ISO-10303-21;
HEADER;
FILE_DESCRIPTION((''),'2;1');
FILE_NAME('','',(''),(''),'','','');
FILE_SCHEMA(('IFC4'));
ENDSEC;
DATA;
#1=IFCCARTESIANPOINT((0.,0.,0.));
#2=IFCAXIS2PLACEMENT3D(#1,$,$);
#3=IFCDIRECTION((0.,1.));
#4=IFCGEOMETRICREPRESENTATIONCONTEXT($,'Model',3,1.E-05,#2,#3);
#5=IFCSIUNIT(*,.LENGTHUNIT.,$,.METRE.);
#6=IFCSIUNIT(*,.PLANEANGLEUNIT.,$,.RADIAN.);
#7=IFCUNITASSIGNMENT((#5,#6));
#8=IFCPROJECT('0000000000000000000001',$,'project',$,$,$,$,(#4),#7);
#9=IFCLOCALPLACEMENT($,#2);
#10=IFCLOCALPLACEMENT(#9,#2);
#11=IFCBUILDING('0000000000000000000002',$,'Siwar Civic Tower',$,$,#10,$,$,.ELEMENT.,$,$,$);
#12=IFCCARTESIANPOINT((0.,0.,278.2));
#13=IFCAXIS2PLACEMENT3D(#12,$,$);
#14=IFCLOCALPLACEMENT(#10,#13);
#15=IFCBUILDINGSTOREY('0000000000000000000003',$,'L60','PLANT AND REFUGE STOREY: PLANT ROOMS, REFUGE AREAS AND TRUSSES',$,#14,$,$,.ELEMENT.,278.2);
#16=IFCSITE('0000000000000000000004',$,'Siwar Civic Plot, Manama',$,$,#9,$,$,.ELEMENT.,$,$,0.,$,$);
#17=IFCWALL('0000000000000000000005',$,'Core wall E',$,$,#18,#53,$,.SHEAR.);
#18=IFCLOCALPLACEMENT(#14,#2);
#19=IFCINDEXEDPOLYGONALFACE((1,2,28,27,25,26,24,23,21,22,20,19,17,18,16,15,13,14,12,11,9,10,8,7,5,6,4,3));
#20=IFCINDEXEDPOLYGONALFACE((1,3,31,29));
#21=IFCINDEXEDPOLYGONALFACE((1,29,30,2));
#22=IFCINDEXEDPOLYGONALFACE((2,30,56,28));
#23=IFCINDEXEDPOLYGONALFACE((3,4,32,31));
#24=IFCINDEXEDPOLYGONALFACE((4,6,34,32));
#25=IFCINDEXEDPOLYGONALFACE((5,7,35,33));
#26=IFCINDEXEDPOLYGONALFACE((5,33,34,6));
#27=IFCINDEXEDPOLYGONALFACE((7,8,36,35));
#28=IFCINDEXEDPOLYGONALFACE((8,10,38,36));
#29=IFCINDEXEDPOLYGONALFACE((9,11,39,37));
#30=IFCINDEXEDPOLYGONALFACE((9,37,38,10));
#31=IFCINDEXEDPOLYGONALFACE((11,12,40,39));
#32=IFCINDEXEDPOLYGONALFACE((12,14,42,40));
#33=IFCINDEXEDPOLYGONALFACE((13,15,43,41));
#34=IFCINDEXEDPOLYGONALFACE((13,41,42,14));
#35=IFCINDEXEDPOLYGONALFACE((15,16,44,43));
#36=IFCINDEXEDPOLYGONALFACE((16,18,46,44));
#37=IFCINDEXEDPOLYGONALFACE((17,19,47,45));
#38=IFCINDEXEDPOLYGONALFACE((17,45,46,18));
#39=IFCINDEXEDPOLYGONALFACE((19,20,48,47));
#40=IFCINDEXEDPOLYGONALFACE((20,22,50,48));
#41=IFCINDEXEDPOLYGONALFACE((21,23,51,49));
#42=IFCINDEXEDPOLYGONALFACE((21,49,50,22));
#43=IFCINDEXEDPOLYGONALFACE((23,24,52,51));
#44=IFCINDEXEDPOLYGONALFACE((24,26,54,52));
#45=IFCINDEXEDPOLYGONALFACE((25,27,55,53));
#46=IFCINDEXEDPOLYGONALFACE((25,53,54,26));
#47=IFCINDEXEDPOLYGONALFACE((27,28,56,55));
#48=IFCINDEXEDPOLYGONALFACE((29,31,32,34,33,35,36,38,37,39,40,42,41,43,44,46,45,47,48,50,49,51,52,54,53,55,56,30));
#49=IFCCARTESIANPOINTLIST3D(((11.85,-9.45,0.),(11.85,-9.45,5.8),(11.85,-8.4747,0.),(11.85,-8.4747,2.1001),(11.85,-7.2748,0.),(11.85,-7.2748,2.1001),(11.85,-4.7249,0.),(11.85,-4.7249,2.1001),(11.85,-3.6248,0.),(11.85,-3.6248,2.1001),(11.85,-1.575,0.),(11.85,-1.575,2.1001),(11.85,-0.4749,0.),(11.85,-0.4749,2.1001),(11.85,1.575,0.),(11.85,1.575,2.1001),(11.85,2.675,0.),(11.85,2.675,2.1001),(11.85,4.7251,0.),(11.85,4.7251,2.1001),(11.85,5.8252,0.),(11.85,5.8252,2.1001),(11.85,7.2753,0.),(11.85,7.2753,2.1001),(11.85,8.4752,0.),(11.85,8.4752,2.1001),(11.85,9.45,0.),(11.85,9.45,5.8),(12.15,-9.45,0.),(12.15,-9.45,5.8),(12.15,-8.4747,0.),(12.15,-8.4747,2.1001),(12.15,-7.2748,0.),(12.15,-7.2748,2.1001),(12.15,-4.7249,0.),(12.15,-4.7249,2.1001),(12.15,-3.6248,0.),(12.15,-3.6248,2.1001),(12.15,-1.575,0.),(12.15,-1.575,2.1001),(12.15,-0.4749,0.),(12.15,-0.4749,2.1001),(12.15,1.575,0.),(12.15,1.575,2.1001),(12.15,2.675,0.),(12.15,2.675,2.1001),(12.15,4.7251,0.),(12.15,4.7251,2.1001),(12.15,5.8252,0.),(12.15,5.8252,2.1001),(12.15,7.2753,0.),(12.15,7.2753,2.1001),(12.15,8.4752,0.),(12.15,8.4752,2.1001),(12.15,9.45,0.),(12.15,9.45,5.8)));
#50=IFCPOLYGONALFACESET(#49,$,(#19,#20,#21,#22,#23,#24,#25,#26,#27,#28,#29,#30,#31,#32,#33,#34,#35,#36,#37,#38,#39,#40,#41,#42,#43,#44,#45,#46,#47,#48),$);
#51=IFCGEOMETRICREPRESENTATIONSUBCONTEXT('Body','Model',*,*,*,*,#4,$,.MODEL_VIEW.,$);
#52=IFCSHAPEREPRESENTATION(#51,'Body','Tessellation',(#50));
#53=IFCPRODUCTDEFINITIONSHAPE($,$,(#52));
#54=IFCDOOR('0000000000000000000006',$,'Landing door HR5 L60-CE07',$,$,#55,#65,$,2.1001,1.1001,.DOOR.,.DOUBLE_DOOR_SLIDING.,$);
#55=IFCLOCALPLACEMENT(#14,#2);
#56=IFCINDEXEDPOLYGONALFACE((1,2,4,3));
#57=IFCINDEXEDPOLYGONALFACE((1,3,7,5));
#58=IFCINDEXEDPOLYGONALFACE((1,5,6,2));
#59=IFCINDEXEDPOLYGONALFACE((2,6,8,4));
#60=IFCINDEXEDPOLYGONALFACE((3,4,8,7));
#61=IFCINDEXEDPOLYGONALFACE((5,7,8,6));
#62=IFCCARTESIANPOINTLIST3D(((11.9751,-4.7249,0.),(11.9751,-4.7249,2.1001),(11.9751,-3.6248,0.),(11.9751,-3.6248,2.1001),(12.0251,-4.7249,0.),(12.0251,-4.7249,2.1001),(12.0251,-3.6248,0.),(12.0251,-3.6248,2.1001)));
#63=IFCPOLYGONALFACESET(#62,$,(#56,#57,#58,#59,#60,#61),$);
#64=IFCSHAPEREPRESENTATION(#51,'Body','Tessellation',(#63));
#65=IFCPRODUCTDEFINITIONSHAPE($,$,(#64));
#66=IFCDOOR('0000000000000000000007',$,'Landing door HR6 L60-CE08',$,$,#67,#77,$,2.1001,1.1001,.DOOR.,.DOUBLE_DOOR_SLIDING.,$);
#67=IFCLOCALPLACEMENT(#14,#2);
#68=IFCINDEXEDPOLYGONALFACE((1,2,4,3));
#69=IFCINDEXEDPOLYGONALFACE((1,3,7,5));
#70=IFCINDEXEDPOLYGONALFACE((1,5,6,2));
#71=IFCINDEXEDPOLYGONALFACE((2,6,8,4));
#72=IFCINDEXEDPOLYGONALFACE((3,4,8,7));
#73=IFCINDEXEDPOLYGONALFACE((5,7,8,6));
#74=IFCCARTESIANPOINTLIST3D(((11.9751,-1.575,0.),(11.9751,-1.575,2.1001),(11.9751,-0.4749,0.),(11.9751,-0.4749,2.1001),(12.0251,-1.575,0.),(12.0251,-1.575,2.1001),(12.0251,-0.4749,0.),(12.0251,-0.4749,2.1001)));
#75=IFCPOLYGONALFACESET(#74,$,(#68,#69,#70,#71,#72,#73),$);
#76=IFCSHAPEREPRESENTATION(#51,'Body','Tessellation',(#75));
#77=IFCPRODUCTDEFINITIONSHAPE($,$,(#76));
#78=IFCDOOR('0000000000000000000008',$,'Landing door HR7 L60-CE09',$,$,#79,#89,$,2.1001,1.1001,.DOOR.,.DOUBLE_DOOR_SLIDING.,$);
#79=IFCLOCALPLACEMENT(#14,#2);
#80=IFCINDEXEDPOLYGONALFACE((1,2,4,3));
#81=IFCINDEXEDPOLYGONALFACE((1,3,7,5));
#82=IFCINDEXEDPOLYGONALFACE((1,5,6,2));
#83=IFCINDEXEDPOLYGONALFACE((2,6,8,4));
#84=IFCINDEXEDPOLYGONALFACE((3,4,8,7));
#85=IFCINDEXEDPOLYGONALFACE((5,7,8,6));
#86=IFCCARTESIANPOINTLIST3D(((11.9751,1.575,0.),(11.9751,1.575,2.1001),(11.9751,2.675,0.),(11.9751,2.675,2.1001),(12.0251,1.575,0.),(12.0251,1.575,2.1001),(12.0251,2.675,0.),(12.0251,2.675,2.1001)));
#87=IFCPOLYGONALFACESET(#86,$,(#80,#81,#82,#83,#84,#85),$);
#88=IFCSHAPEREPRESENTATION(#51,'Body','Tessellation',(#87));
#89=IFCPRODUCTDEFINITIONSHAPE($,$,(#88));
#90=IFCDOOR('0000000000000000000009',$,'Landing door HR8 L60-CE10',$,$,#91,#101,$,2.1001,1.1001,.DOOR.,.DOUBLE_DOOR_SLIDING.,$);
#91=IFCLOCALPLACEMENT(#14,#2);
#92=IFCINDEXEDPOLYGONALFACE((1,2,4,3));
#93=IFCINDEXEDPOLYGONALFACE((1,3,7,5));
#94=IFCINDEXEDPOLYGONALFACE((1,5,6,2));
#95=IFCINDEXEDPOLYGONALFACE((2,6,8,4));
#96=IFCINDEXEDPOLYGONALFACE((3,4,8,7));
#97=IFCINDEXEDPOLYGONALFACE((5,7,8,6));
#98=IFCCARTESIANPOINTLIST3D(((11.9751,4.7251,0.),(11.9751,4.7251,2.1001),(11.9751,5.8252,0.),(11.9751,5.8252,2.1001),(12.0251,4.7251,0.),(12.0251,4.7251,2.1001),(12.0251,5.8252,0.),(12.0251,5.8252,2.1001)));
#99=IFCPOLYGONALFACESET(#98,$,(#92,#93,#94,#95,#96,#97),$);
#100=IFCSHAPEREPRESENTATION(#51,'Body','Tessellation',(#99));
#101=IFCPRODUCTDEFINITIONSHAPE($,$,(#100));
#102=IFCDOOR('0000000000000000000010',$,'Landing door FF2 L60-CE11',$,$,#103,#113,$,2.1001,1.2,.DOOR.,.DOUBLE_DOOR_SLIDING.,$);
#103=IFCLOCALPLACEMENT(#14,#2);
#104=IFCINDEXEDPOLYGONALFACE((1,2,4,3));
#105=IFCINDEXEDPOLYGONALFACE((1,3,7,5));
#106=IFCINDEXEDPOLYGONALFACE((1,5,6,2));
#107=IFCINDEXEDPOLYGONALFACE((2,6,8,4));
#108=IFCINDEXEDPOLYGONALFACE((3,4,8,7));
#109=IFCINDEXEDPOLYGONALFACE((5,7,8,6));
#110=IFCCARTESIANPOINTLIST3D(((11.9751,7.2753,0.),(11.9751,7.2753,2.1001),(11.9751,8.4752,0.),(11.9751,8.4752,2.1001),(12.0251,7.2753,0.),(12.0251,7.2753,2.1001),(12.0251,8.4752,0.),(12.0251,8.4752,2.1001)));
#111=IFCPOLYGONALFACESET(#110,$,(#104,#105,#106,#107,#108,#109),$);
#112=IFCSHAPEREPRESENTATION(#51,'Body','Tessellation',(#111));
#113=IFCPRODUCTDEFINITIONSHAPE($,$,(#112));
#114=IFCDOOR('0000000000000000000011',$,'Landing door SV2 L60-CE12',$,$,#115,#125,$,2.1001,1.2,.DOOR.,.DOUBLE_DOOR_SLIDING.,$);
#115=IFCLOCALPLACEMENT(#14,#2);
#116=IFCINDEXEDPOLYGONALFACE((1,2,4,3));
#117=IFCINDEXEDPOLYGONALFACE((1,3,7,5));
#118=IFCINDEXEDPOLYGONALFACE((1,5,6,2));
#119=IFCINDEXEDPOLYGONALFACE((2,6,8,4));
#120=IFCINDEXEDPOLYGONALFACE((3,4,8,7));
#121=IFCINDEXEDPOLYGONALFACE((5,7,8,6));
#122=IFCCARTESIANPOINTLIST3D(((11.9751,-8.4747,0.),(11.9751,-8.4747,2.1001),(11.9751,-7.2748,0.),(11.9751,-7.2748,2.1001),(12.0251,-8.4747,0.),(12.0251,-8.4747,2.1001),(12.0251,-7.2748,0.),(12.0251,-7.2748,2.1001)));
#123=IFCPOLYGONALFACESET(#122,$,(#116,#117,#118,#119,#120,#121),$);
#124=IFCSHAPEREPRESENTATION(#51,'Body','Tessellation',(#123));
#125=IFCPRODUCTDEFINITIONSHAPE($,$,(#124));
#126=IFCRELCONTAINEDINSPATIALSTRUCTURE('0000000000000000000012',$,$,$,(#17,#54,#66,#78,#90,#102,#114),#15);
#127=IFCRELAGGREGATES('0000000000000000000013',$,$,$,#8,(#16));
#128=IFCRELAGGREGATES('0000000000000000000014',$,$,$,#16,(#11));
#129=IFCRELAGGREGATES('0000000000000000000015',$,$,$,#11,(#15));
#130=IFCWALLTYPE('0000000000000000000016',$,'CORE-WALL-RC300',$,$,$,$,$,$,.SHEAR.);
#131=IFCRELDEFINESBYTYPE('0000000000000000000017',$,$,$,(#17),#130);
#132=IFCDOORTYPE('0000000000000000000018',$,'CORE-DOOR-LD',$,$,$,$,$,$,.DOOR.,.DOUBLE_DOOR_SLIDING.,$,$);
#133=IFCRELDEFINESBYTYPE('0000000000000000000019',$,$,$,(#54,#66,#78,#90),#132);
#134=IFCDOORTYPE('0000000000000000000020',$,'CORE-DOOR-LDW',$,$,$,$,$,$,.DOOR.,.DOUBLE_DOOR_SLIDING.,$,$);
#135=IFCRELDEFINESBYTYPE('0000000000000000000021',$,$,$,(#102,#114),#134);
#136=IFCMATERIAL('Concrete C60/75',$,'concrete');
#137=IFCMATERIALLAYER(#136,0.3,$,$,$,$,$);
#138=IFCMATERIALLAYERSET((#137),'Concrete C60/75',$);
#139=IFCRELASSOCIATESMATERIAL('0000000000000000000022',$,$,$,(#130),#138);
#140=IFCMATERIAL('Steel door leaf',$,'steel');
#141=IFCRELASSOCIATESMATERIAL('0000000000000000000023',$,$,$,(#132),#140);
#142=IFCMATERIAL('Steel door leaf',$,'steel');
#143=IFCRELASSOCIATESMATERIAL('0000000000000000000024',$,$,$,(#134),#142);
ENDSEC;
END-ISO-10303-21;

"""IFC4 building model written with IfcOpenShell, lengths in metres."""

from ifc_helpers import new_model, si_unit, direction, frame, frame_2d, origin, place, context, subcontext, project, spatial, rectangle, extrude, material, layer, layer_set, type_object, element, fill, save


model = new_model("IFC4")

# Units and contexts
model_context = context("Model", 3, precision=1e-05, world=origin(), true_north=direction((0.0, 1.0)))
body_context = subcontext(model_context, "Body", "Model", "MODEL_VIEW")
ifc_project = project(units=[si_unit("LENGTHUNIT", "METRE"), si_unit("PLANEANGLEUNIT", "RADIAN")], contexts=[model_context])

# Site, building, storey
site_placement = place(None, origin())
site = spatial("IfcSite", under=ifc_project, at=site_placement, Name="Siwar Civic Plot, Manama", CompositionType="ELEMENT", RefElevation=0.0)
building_placement = place(site_placement, origin())
building = spatial("IfcBuilding", under=site, at=building_placement, Name="Siwar Civic Tower", CompositionType="ELEMENT")
storey_placement = place(building_placement, frame((0.0, 0.0, 278.2)))
storey = spatial("IfcBuildingStorey", under=building, at=storey_placement, Name="L60", Description="PLANT AND REFUGE STOREY: PLANT ROOMS, REFUGE AREAS AND TRUSSES", CompositionType="ELEMENT", Elevation=278.2)

# Wall, openings, doors
ifc_material_1 = material(Name="Concrete C60/75", Category="concrete")
ifc_layer_1 = layer(ifc_material_1, 0.3)
ifc_layer_set_1 = layer_set([ifc_layer_1], Name="Concrete C60/75")
wall_type_1 = type_object("IfcWallType", Name="CORE-WALL-RC300", PredefinedType="SHEAR", material=ifc_layer_set_1)
wall_1_placement = place(storey_placement, frame((12.0, -9.45, 0.0), z_axis=(0.0, 0.0, 1.0), x_axis=(0.0, 1.0, 0.0)))
wall_1 = element("IfcWall", 1, at=wall_1_placement, inside=storey, type_object=wall_type_1, Name="Core wall E", PredefinedType="SHEAR", context=body_context, shape_type="SweptSolid", body=[
    extrude(rectangle(XDim=18.8999, YDim=0.3, at=frame_2d((9.45, 0.0))), origin(), (0.0, 0.0, 1.0), 5.8),
])
opening_1_placement = place(wall_1_placement, frame((4.7251, 0.0, 0.0)))
opening_1 = element("IfcOpeningElement", 2, at=opening_1_placement, cuts=wall_1, PredefinedType="OPENING", context=body_context, shape_type="SweptSolid", body=[
    extrude(rectangle(XDim=1.1001, YDim=2.1001, at=frame_2d((0.55, 1.05))), frame((0.0, 0.1602, 0.0), z_axis=(0.0, -1.0, 0.0), x_axis=(1.0, 0.0, 0.0)), (0.0, 0.0, 1.0), 0.3201),
])
opening_2_placement = place(wall_1_placement, frame((7.875, 0.0, 0.0)))
opening_2 = element("IfcOpeningElement", 3, at=opening_2_placement, cuts=wall_1, PredefinedType="OPENING", context=body_context, shape_type="SweptSolid", body=[
    extrude(rectangle(XDim=1.1001, YDim=2.1001, at=frame_2d((0.55, 1.05))), frame((0.0, 0.1602, 0.0), z_axis=(0.0, -1.0, 0.0), x_axis=(1.0, 0.0, 0.0)), (0.0, 0.0, 1.0), 0.3201),
])
opening_3_placement = place(wall_1_placement, frame((11.0249, 0.0, 0.0)))
opening_3 = element("IfcOpeningElement", 4, at=opening_3_placement, cuts=wall_1, PredefinedType="OPENING", context=body_context, shape_type="SweptSolid", body=[
    extrude(rectangle(XDim=1.1001, YDim=2.1001, at=frame_2d((0.55, 1.05))), frame((0.0, 0.1602, 0.0), z_axis=(0.0, -1.0, 0.0), x_axis=(1.0, 0.0, 0.0)), (0.0, 0.0, 1.0), 0.3201),
])
opening_4_placement = place(wall_1_placement, frame((14.175, 0.0, 0.0)))
opening_4 = element("IfcOpeningElement", 5, at=opening_4_placement, cuts=wall_1, PredefinedType="OPENING", context=body_context, shape_type="SweptSolid", body=[
    extrude(rectangle(XDim=1.1001, YDim=2.1001, at=frame_2d((0.55, 1.05))), frame((0.0, 0.1602, 0.0), z_axis=(0.0, -1.0, 0.0), x_axis=(1.0, 0.0, 0.0)), (0.0, 0.0, 1.0), 0.3201),
])
opening_5_placement = place(wall_1_placement, frame((16.7251, 0.0, 0.0)))
opening_5 = element("IfcOpeningElement", 6, at=opening_5_placement, cuts=wall_1, PredefinedType="OPENING", context=body_context, shape_type="SweptSolid", body=[
    extrude(rectangle(XDim=1.2, YDim=2.1001, at=frame_2d((0.6001, 1.05))), frame((0.0, 0.1602, 0.0), z_axis=(0.0, -1.0, 0.0), x_axis=(1.0, 0.0, 0.0)), (0.0, 0.0, 1.0), 0.3201),
])
opening_6_placement = place(wall_1_placement, frame((0.9751, 0.0, 0.0)))
opening_6 = element("IfcOpeningElement", 7, at=opening_6_placement, cuts=wall_1, PredefinedType="OPENING", context=body_context, shape_type="SweptSolid", body=[
    extrude(rectangle(XDim=1.2, YDim=2.1001, at=frame_2d((0.6001, 1.05))), frame((0.0, 0.1602, 0.0), z_axis=(0.0, -1.0, 0.0), x_axis=(1.0, 0.0, 0.0)), (0.0, 0.0, 1.0), 0.3201),
])
ifc_material_2 = material(Name="Steel door leaf", Category="steel")
door_type_1 = type_object("IfcDoorType", Name="CORE-DOOR-LD", OperationType="DOUBLE_DOOR_SLIDING", PredefinedType="DOOR", material=ifc_material_2)
door_1_placement = place(opening_1_placement, origin())
door_1 = element("IfcDoor", 8, at=door_1_placement, inside=storey, type_object=door_type_1, Name="Landing door HR5 L60-CE07", OperationType="DOUBLE_DOOR_SLIDING", OverallHeight=2.1001, OverallWidth=1.1001, PredefinedType="DOOR", context=body_context, shape_type="SweptSolid", body=[
    extrude(rectangle(XDim=1.1001, YDim=2.1001, at=frame_2d((0.55, 1.05))), frame((0.0, 0.0249, 0.0), z_axis=(0.0, -1.0, 0.0), x_axis=(1.0, 0.0, 0.0)), (0.0, 0.0, 1.0), 0.05),
])
fill(opening_1, door_1)
door_2_placement = place(opening_2_placement, origin())
door_2 = element("IfcDoor", 9, at=door_2_placement, inside=storey, type_object=door_type_1, Name="Landing door HR6 L60-CE08", OperationType="DOUBLE_DOOR_SLIDING", OverallHeight=2.1001, OverallWidth=1.1001, PredefinedType="DOOR", context=body_context, shape_type="SweptSolid", body=[
    extrude(rectangle(XDim=1.1001, YDim=2.1001, at=frame_2d((0.55, 1.05))), frame((0.0, 0.0249, 0.0), z_axis=(0.0, -1.0, 0.0), x_axis=(1.0, 0.0, 0.0)), (0.0, 0.0, 1.0), 0.05),
])
fill(opening_2, door_2)
door_3_placement = place(opening_3_placement, origin())
door_3 = element("IfcDoor", 10, at=door_3_placement, inside=storey, type_object=door_type_1, Name="Landing door HR7 L60-CE09", OperationType="DOUBLE_DOOR_SLIDING", OverallHeight=2.1001, OverallWidth=1.1001, PredefinedType="DOOR", context=body_context, shape_type="SweptSolid", body=[
    extrude(rectangle(XDim=1.1001, YDim=2.1001, at=frame_2d((0.55, 1.05))), frame((0.0, 0.0249, 0.0), z_axis=(0.0, -1.0, 0.0), x_axis=(1.0, 0.0, 0.0)), (0.0, 0.0, 1.0), 0.05),
])
fill(opening_3, door_3)
door_4_placement = place(opening_4_placement, origin())
door_4 = element("IfcDoor", 11, at=door_4_placement, inside=storey, type_object=door_type_1, Name="Landing door HR8 L60-CE10", OperationType="DOUBLE_DOOR_SLIDING", OverallHeight=2.1001, OverallWidth=1.1001, PredefinedType="DOOR", context=body_context, shape_type="SweptSolid", body=[
    extrude(rectangle(XDim=1.1001, YDim=2.1001, at=frame_2d((0.55, 1.05))), frame((0.0, 0.0249, 0.0), z_axis=(0.0, -1.0, 0.0), x_axis=(1.0, 0.0, 0.0)), (0.0, 0.0, 1.0), 0.05),
])
fill(opening_4, door_4)
ifc_material_3 = material(Name="Steel door leaf", Category="steel")
door_type_2 = type_object("IfcDoorType", Name="CORE-DOOR-LDW", OperationType="DOUBLE_DOOR_SLIDING", PredefinedType="DOOR", material=ifc_material_3)
door_5_placement = place(opening_5_placement, origin())
door_5 = element("IfcDoor", 12, at=door_5_placement, inside=storey, type_object=door_type_2, Name="Landing door FF2 L60-CE11", OperationType="DOUBLE_DOOR_SLIDING", OverallHeight=2.1001, OverallWidth=1.2, PredefinedType="DOOR", context=body_context, shape_type="SweptSolid", body=[
    extrude(rectangle(XDim=1.2, YDim=2.1001, at=frame_2d((0.6001, 1.05))), frame((0.0, 0.0249, 0.0), z_axis=(0.0, -1.0, 0.0), x_axis=(1.0, 0.0, 0.0)), (0.0, 0.0, 1.0), 0.05),
])
fill(opening_5, door_5)
door_6_placement = place(opening_6_placement, origin())
door_6 = element("IfcDoor", 13, at=door_6_placement, inside=storey, type_object=door_type_2, Name="Landing door SV2 L60-CE12", OperationType="DOUBLE_DOOR_SLIDING", OverallHeight=2.1001, OverallWidth=1.2, PredefinedType="DOOR", context=body_context, shape_type="SweptSolid", body=[
    extrude(rectangle(XDim=1.2, YDim=2.1001, at=frame_2d((0.6001, 1.05))), frame((0.0, 0.0249, 0.0), z_axis=(0.0, -1.0, 0.0), x_axis=(1.0, 0.0, 0.0)), (0.0, 0.0, 1.0), 0.05),
])
fill(opening_6, door_6)

save(model, "model.ifc")
